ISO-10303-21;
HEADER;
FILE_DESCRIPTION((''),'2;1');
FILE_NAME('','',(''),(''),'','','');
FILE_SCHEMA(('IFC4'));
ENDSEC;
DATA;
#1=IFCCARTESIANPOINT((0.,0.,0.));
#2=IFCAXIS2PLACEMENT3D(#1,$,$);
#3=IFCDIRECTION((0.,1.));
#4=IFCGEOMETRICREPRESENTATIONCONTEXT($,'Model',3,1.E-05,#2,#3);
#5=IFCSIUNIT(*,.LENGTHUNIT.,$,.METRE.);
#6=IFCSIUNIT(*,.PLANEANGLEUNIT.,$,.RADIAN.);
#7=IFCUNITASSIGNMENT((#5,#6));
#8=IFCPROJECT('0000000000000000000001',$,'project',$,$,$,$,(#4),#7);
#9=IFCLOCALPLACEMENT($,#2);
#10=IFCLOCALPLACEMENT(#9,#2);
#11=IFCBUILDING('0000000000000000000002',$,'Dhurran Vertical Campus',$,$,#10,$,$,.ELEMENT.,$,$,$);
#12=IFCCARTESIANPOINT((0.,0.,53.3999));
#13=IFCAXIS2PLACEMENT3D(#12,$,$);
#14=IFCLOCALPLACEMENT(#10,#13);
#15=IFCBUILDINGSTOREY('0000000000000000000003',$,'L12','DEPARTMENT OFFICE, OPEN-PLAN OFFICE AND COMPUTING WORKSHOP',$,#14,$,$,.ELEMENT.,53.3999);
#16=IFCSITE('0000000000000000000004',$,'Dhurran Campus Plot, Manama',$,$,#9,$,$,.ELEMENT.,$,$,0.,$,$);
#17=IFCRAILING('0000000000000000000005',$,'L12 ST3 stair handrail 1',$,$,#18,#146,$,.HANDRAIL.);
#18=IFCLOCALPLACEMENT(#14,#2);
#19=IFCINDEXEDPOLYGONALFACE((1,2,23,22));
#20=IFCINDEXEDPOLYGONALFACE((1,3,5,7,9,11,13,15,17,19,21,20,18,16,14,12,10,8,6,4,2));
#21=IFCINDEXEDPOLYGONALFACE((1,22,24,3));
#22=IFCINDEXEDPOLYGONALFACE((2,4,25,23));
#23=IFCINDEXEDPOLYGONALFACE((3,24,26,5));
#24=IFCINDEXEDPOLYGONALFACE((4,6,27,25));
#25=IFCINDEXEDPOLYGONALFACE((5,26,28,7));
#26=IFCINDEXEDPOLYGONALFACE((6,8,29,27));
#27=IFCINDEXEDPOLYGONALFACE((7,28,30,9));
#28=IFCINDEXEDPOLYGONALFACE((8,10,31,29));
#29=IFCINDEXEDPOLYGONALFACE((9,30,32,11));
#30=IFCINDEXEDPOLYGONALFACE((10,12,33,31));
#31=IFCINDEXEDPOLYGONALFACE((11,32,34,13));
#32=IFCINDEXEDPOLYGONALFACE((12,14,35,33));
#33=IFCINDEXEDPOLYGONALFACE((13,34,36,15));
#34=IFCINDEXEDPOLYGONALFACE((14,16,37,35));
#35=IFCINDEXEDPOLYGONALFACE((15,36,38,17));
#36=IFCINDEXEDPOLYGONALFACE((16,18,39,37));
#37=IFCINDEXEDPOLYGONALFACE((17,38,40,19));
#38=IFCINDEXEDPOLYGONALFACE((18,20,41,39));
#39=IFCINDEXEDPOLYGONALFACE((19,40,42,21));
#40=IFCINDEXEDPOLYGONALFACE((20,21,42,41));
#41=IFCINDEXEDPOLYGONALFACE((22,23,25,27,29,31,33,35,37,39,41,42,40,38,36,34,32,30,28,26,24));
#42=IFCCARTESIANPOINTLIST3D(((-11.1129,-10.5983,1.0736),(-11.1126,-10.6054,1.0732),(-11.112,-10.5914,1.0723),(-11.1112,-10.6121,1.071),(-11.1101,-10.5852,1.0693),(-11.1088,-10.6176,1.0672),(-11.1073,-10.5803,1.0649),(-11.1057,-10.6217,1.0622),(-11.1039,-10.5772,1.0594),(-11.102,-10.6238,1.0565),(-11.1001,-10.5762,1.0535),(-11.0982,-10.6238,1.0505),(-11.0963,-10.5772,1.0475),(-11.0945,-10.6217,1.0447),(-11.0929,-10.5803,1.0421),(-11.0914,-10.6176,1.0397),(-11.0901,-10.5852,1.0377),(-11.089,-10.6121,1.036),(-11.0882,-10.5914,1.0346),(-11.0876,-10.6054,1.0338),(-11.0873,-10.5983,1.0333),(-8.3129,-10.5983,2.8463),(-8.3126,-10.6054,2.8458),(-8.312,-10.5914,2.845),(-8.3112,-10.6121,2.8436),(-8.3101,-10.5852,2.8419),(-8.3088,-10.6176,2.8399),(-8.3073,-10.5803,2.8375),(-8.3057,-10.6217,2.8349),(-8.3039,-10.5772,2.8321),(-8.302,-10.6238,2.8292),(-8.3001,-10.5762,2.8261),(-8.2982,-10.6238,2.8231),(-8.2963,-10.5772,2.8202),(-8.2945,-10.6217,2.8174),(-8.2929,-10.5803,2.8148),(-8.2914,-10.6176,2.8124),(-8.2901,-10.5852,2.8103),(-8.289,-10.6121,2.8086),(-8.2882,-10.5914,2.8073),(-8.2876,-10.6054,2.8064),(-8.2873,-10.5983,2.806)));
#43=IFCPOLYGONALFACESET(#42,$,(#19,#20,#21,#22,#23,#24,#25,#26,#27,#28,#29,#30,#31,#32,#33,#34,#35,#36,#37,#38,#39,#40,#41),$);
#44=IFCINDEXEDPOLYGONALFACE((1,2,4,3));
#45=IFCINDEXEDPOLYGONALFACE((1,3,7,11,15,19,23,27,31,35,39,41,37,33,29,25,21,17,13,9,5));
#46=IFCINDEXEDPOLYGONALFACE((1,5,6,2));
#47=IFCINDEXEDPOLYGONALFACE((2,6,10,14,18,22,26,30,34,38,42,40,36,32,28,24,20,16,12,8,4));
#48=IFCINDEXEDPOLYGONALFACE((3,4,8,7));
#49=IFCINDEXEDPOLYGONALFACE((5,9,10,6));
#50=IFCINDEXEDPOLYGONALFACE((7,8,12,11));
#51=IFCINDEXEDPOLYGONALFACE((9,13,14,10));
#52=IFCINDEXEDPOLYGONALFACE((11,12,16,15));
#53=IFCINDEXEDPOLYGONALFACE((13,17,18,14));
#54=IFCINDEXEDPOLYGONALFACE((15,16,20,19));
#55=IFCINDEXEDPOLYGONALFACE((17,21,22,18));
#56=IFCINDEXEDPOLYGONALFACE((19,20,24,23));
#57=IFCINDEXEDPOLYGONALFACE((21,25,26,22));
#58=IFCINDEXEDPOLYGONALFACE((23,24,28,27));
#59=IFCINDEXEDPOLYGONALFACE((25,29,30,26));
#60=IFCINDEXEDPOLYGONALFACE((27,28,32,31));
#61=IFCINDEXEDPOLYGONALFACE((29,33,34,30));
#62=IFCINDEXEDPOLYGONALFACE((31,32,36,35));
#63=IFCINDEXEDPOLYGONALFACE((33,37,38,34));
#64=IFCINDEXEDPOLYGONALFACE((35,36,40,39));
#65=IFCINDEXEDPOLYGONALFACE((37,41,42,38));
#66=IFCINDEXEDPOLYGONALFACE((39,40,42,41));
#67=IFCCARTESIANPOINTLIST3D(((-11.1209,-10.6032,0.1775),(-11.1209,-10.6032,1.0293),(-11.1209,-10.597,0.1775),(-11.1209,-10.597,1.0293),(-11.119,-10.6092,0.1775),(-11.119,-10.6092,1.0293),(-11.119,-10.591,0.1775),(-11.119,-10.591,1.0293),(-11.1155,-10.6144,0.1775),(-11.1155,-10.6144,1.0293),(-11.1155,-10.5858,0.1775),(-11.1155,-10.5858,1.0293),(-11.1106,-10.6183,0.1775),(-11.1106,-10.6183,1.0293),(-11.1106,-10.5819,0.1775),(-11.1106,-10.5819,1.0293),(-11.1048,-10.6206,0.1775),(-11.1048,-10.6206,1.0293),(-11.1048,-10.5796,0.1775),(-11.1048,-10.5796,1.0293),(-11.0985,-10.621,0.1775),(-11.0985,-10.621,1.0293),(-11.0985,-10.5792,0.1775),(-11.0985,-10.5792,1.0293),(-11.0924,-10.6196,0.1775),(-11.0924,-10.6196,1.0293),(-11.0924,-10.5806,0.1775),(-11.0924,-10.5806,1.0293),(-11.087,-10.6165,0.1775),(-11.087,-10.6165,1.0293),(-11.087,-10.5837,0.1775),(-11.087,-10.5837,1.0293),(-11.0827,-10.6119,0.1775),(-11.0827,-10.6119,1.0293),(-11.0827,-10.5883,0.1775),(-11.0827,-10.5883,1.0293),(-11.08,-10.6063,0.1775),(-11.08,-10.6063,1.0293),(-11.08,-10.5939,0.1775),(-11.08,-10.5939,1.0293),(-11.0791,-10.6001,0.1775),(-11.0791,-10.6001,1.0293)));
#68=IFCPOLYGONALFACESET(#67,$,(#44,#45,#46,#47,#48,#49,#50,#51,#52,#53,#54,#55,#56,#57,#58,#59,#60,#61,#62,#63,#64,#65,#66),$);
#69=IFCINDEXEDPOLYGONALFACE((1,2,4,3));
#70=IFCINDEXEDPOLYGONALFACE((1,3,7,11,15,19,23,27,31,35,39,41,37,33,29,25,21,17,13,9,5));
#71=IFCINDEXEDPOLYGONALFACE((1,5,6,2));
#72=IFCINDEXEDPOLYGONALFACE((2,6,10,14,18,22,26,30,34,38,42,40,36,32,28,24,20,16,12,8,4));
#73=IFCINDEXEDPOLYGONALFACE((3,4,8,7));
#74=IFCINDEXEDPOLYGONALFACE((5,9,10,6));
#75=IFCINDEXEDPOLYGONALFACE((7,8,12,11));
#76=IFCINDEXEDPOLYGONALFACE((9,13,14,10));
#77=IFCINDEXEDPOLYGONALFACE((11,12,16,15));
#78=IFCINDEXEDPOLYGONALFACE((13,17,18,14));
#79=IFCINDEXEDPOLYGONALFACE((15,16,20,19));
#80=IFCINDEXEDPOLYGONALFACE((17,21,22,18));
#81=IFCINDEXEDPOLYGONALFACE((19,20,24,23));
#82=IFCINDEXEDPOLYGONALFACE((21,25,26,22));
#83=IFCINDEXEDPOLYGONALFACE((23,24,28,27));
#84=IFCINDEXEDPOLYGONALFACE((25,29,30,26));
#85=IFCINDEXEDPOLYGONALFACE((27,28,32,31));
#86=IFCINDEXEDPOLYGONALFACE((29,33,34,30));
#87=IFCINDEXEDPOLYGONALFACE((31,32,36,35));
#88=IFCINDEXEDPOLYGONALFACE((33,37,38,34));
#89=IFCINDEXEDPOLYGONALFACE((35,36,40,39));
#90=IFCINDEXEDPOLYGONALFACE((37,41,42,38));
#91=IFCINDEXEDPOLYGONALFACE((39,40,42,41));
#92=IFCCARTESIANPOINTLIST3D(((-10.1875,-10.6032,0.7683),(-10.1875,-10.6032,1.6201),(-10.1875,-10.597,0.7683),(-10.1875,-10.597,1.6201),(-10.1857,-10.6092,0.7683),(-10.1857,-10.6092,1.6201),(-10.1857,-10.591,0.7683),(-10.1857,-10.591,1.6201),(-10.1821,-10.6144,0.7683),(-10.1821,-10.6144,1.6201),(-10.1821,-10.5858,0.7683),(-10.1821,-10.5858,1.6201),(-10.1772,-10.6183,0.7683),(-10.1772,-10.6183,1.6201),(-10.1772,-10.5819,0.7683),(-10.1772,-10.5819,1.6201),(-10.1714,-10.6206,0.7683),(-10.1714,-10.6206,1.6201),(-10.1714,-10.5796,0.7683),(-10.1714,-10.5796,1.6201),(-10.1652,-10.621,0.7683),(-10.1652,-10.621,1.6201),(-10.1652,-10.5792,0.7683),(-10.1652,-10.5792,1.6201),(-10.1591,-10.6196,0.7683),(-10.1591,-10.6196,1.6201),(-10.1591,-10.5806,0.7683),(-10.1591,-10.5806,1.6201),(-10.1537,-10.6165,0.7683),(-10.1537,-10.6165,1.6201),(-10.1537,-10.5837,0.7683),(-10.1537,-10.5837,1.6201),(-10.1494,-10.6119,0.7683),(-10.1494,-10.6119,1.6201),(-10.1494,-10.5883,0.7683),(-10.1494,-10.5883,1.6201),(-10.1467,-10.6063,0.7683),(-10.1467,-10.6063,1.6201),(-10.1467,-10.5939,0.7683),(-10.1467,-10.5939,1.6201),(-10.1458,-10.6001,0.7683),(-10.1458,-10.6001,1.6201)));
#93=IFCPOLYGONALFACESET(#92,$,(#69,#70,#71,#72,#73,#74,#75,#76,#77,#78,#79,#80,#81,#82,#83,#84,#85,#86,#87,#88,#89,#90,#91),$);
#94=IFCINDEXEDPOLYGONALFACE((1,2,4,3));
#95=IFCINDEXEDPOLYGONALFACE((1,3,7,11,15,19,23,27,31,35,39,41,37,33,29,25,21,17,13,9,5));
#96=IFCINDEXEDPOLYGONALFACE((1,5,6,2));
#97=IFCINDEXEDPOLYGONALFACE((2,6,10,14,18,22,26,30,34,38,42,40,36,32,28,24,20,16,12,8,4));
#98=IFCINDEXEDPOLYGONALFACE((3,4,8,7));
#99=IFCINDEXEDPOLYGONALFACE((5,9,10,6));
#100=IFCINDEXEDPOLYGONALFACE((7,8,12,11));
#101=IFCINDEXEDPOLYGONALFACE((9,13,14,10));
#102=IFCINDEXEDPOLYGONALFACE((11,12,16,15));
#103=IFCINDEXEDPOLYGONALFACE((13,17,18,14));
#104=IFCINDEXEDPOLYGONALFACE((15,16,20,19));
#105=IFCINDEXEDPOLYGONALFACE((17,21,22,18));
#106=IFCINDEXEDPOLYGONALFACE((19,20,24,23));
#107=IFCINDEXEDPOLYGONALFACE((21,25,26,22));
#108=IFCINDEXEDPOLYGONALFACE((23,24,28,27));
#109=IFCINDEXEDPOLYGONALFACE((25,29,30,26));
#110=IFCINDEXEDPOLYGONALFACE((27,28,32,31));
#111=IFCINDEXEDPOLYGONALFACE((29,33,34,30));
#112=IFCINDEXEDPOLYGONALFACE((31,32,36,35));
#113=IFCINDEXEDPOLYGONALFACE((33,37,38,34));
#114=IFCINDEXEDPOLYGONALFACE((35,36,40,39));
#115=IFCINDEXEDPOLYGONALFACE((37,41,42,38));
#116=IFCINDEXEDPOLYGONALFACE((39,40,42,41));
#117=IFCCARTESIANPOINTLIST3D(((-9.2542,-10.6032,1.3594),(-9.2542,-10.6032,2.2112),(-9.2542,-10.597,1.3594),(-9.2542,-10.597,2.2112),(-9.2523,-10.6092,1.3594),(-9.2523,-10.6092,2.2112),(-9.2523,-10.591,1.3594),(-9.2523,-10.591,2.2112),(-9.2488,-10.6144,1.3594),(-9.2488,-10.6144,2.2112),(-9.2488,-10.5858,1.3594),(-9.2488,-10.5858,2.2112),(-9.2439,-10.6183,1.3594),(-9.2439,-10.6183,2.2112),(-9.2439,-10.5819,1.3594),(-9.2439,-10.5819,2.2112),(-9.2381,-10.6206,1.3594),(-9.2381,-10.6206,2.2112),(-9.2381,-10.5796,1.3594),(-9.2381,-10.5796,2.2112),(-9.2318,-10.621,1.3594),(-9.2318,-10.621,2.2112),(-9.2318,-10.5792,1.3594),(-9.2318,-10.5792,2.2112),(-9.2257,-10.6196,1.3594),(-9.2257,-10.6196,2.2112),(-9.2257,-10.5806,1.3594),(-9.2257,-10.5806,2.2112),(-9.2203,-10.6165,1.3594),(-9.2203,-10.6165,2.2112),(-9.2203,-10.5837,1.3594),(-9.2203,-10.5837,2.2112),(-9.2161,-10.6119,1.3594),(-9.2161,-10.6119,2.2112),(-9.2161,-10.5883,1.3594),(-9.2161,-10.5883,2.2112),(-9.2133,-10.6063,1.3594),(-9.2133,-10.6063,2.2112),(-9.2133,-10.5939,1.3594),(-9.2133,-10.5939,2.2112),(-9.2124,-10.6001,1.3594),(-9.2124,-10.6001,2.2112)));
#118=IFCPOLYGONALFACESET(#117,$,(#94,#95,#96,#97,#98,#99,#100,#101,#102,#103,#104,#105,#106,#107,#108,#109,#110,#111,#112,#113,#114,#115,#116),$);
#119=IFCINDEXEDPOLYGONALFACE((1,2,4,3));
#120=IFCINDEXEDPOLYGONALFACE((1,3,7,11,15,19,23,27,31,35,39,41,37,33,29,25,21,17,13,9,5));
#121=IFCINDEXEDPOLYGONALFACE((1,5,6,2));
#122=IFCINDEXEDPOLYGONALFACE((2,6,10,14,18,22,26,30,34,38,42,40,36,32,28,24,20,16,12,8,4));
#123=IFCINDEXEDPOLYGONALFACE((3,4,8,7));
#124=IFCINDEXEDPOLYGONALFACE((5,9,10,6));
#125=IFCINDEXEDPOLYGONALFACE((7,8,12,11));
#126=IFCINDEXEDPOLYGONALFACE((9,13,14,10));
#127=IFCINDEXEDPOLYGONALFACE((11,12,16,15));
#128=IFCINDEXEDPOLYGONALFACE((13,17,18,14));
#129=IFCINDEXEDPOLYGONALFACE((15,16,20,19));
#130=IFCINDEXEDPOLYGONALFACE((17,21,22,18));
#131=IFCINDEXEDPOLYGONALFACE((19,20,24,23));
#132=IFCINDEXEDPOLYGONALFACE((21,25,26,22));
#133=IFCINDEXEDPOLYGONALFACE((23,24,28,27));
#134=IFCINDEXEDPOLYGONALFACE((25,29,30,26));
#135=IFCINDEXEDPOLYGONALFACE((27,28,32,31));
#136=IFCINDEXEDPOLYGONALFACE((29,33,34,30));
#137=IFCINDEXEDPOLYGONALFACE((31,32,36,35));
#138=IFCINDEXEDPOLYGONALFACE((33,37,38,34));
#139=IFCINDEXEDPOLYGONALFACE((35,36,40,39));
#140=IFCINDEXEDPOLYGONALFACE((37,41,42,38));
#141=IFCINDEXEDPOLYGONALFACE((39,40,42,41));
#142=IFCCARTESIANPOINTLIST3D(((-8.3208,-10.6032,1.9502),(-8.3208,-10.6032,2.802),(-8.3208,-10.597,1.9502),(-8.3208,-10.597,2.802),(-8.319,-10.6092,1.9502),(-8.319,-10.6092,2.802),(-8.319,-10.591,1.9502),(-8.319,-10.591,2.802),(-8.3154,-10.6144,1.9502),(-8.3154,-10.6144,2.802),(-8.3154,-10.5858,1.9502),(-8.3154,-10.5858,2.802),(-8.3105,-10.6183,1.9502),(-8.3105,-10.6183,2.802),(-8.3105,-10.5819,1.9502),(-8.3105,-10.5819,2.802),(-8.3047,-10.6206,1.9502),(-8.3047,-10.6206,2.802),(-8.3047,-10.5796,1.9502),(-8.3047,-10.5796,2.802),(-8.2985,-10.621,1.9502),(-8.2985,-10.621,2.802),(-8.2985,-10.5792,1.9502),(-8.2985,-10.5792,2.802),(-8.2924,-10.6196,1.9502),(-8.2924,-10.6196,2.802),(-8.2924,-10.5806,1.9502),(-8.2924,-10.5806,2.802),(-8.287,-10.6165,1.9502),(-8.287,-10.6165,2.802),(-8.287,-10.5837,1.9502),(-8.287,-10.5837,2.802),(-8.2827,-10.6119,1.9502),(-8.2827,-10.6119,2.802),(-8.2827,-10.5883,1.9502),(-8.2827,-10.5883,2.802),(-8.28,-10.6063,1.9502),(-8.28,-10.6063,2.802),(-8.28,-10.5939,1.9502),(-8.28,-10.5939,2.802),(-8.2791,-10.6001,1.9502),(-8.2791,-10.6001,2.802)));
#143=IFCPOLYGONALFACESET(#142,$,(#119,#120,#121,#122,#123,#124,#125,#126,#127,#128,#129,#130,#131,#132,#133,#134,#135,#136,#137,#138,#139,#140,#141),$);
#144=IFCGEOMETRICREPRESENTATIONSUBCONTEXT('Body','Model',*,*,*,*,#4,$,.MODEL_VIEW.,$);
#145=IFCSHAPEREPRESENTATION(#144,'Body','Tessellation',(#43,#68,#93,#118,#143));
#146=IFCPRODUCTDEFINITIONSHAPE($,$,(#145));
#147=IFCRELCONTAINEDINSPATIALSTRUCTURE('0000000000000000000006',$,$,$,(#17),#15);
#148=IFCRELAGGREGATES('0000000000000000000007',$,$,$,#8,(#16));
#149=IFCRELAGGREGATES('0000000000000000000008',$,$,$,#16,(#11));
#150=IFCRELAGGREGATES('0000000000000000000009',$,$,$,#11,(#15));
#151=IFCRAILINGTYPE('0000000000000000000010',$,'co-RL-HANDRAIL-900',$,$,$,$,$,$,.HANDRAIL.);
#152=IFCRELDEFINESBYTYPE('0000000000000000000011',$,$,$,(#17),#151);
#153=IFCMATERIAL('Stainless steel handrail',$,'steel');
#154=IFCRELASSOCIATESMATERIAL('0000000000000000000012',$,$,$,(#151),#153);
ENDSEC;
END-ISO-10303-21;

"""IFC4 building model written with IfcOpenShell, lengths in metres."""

from ifc_helpers import new_model, si_unit, direction, frame, origin, origin_2d, place, context, subcontext, project, spatial, circle, extrude, material, type_object, element, save


model = new_model("IFC4")

# Units and contexts
model_context = context("Model", 3, precision=1e-05, world=origin(), true_north=direction((0.0, 1.0)))
body_context = subcontext(model_context, "Body", "Model", "MODEL_VIEW")
ifc_project = project(units=[si_unit("LENGTHUNIT", "METRE"), si_unit("PLANEANGLEUNIT", "RADIAN")], contexts=[model_context])

# Site, building, storey
site_placement = place(None, origin())
site = spatial("IfcSite", under=ifc_project, at=site_placement, Name="Dhurran Campus Plot, Manama", CompositionType="ELEMENT", RefElevation=0.0)
building_placement = place(site_placement, origin())
building = spatial("IfcBuilding", under=site, at=building_placement, Name="Dhurran Vertical Campus", CompositionType="ELEMENT")
storey_placement = place(building_placement, frame((0.0, 0.0, 53.3999)))
storey = spatial("IfcBuildingStorey", under=building, at=storey_placement, Name="L12", Description="DEPARTMENT OFFICE, OPEN-PLAN OFFICE AND COMPUTING WORKSHOP", CompositionType="ELEMENT", Elevation=53.3999)

# Railing
ifc_material_1 = material(Name="Stainless steel handrail", Category="steel")
railing_type = type_object("IfcRailingType", Name="co-RL-HANDRAIL-900", PredefinedType="HANDRAIL", material=ifc_material_1)
railing_placement = place(storey_placement, frame((-11.1001, -10.6001, 0.1775)))
element("IfcRailing", 1, at=railing_placement, inside=storey, type_object=railing_type, Name="L12 ST3 stair handrail 1", PredefinedType="HANDRAIL", context=body_context, shape_type="SweptSolid", body=[
    extrude(circle(Radius=0.0239, at=origin_2d()), frame((0.0, 0.0, 0.876), z_axis=(0.844909, 0.0, 0.53491), x_axis=(0.0, 1.0, 0.0)), (0.0, 0.0, 1.0), 3.314),
    extrude(circle(Radius=0.021, at=origin_2d()), origin(), (0.0, 0.0, 1.0), 0.8518),
    extrude(circle(Radius=0.021, at=origin_2d()), frame((0.9333, 0.0, 0.5908)), (0.0, 0.0, 1.0), 0.8518),
    extrude(circle(Radius=0.021, at=origin_2d()), frame((1.8667, 0.0, 1.1819)), (0.0, 0.0, 1.0), 0.8518),
    extrude(circle(Radius=0.021, at=origin_2d()), frame((2.8, 0.0, 1.7727)), (0.0, 0.0, 1.0), 0.8518),
])

save(model, "model.ifc")
